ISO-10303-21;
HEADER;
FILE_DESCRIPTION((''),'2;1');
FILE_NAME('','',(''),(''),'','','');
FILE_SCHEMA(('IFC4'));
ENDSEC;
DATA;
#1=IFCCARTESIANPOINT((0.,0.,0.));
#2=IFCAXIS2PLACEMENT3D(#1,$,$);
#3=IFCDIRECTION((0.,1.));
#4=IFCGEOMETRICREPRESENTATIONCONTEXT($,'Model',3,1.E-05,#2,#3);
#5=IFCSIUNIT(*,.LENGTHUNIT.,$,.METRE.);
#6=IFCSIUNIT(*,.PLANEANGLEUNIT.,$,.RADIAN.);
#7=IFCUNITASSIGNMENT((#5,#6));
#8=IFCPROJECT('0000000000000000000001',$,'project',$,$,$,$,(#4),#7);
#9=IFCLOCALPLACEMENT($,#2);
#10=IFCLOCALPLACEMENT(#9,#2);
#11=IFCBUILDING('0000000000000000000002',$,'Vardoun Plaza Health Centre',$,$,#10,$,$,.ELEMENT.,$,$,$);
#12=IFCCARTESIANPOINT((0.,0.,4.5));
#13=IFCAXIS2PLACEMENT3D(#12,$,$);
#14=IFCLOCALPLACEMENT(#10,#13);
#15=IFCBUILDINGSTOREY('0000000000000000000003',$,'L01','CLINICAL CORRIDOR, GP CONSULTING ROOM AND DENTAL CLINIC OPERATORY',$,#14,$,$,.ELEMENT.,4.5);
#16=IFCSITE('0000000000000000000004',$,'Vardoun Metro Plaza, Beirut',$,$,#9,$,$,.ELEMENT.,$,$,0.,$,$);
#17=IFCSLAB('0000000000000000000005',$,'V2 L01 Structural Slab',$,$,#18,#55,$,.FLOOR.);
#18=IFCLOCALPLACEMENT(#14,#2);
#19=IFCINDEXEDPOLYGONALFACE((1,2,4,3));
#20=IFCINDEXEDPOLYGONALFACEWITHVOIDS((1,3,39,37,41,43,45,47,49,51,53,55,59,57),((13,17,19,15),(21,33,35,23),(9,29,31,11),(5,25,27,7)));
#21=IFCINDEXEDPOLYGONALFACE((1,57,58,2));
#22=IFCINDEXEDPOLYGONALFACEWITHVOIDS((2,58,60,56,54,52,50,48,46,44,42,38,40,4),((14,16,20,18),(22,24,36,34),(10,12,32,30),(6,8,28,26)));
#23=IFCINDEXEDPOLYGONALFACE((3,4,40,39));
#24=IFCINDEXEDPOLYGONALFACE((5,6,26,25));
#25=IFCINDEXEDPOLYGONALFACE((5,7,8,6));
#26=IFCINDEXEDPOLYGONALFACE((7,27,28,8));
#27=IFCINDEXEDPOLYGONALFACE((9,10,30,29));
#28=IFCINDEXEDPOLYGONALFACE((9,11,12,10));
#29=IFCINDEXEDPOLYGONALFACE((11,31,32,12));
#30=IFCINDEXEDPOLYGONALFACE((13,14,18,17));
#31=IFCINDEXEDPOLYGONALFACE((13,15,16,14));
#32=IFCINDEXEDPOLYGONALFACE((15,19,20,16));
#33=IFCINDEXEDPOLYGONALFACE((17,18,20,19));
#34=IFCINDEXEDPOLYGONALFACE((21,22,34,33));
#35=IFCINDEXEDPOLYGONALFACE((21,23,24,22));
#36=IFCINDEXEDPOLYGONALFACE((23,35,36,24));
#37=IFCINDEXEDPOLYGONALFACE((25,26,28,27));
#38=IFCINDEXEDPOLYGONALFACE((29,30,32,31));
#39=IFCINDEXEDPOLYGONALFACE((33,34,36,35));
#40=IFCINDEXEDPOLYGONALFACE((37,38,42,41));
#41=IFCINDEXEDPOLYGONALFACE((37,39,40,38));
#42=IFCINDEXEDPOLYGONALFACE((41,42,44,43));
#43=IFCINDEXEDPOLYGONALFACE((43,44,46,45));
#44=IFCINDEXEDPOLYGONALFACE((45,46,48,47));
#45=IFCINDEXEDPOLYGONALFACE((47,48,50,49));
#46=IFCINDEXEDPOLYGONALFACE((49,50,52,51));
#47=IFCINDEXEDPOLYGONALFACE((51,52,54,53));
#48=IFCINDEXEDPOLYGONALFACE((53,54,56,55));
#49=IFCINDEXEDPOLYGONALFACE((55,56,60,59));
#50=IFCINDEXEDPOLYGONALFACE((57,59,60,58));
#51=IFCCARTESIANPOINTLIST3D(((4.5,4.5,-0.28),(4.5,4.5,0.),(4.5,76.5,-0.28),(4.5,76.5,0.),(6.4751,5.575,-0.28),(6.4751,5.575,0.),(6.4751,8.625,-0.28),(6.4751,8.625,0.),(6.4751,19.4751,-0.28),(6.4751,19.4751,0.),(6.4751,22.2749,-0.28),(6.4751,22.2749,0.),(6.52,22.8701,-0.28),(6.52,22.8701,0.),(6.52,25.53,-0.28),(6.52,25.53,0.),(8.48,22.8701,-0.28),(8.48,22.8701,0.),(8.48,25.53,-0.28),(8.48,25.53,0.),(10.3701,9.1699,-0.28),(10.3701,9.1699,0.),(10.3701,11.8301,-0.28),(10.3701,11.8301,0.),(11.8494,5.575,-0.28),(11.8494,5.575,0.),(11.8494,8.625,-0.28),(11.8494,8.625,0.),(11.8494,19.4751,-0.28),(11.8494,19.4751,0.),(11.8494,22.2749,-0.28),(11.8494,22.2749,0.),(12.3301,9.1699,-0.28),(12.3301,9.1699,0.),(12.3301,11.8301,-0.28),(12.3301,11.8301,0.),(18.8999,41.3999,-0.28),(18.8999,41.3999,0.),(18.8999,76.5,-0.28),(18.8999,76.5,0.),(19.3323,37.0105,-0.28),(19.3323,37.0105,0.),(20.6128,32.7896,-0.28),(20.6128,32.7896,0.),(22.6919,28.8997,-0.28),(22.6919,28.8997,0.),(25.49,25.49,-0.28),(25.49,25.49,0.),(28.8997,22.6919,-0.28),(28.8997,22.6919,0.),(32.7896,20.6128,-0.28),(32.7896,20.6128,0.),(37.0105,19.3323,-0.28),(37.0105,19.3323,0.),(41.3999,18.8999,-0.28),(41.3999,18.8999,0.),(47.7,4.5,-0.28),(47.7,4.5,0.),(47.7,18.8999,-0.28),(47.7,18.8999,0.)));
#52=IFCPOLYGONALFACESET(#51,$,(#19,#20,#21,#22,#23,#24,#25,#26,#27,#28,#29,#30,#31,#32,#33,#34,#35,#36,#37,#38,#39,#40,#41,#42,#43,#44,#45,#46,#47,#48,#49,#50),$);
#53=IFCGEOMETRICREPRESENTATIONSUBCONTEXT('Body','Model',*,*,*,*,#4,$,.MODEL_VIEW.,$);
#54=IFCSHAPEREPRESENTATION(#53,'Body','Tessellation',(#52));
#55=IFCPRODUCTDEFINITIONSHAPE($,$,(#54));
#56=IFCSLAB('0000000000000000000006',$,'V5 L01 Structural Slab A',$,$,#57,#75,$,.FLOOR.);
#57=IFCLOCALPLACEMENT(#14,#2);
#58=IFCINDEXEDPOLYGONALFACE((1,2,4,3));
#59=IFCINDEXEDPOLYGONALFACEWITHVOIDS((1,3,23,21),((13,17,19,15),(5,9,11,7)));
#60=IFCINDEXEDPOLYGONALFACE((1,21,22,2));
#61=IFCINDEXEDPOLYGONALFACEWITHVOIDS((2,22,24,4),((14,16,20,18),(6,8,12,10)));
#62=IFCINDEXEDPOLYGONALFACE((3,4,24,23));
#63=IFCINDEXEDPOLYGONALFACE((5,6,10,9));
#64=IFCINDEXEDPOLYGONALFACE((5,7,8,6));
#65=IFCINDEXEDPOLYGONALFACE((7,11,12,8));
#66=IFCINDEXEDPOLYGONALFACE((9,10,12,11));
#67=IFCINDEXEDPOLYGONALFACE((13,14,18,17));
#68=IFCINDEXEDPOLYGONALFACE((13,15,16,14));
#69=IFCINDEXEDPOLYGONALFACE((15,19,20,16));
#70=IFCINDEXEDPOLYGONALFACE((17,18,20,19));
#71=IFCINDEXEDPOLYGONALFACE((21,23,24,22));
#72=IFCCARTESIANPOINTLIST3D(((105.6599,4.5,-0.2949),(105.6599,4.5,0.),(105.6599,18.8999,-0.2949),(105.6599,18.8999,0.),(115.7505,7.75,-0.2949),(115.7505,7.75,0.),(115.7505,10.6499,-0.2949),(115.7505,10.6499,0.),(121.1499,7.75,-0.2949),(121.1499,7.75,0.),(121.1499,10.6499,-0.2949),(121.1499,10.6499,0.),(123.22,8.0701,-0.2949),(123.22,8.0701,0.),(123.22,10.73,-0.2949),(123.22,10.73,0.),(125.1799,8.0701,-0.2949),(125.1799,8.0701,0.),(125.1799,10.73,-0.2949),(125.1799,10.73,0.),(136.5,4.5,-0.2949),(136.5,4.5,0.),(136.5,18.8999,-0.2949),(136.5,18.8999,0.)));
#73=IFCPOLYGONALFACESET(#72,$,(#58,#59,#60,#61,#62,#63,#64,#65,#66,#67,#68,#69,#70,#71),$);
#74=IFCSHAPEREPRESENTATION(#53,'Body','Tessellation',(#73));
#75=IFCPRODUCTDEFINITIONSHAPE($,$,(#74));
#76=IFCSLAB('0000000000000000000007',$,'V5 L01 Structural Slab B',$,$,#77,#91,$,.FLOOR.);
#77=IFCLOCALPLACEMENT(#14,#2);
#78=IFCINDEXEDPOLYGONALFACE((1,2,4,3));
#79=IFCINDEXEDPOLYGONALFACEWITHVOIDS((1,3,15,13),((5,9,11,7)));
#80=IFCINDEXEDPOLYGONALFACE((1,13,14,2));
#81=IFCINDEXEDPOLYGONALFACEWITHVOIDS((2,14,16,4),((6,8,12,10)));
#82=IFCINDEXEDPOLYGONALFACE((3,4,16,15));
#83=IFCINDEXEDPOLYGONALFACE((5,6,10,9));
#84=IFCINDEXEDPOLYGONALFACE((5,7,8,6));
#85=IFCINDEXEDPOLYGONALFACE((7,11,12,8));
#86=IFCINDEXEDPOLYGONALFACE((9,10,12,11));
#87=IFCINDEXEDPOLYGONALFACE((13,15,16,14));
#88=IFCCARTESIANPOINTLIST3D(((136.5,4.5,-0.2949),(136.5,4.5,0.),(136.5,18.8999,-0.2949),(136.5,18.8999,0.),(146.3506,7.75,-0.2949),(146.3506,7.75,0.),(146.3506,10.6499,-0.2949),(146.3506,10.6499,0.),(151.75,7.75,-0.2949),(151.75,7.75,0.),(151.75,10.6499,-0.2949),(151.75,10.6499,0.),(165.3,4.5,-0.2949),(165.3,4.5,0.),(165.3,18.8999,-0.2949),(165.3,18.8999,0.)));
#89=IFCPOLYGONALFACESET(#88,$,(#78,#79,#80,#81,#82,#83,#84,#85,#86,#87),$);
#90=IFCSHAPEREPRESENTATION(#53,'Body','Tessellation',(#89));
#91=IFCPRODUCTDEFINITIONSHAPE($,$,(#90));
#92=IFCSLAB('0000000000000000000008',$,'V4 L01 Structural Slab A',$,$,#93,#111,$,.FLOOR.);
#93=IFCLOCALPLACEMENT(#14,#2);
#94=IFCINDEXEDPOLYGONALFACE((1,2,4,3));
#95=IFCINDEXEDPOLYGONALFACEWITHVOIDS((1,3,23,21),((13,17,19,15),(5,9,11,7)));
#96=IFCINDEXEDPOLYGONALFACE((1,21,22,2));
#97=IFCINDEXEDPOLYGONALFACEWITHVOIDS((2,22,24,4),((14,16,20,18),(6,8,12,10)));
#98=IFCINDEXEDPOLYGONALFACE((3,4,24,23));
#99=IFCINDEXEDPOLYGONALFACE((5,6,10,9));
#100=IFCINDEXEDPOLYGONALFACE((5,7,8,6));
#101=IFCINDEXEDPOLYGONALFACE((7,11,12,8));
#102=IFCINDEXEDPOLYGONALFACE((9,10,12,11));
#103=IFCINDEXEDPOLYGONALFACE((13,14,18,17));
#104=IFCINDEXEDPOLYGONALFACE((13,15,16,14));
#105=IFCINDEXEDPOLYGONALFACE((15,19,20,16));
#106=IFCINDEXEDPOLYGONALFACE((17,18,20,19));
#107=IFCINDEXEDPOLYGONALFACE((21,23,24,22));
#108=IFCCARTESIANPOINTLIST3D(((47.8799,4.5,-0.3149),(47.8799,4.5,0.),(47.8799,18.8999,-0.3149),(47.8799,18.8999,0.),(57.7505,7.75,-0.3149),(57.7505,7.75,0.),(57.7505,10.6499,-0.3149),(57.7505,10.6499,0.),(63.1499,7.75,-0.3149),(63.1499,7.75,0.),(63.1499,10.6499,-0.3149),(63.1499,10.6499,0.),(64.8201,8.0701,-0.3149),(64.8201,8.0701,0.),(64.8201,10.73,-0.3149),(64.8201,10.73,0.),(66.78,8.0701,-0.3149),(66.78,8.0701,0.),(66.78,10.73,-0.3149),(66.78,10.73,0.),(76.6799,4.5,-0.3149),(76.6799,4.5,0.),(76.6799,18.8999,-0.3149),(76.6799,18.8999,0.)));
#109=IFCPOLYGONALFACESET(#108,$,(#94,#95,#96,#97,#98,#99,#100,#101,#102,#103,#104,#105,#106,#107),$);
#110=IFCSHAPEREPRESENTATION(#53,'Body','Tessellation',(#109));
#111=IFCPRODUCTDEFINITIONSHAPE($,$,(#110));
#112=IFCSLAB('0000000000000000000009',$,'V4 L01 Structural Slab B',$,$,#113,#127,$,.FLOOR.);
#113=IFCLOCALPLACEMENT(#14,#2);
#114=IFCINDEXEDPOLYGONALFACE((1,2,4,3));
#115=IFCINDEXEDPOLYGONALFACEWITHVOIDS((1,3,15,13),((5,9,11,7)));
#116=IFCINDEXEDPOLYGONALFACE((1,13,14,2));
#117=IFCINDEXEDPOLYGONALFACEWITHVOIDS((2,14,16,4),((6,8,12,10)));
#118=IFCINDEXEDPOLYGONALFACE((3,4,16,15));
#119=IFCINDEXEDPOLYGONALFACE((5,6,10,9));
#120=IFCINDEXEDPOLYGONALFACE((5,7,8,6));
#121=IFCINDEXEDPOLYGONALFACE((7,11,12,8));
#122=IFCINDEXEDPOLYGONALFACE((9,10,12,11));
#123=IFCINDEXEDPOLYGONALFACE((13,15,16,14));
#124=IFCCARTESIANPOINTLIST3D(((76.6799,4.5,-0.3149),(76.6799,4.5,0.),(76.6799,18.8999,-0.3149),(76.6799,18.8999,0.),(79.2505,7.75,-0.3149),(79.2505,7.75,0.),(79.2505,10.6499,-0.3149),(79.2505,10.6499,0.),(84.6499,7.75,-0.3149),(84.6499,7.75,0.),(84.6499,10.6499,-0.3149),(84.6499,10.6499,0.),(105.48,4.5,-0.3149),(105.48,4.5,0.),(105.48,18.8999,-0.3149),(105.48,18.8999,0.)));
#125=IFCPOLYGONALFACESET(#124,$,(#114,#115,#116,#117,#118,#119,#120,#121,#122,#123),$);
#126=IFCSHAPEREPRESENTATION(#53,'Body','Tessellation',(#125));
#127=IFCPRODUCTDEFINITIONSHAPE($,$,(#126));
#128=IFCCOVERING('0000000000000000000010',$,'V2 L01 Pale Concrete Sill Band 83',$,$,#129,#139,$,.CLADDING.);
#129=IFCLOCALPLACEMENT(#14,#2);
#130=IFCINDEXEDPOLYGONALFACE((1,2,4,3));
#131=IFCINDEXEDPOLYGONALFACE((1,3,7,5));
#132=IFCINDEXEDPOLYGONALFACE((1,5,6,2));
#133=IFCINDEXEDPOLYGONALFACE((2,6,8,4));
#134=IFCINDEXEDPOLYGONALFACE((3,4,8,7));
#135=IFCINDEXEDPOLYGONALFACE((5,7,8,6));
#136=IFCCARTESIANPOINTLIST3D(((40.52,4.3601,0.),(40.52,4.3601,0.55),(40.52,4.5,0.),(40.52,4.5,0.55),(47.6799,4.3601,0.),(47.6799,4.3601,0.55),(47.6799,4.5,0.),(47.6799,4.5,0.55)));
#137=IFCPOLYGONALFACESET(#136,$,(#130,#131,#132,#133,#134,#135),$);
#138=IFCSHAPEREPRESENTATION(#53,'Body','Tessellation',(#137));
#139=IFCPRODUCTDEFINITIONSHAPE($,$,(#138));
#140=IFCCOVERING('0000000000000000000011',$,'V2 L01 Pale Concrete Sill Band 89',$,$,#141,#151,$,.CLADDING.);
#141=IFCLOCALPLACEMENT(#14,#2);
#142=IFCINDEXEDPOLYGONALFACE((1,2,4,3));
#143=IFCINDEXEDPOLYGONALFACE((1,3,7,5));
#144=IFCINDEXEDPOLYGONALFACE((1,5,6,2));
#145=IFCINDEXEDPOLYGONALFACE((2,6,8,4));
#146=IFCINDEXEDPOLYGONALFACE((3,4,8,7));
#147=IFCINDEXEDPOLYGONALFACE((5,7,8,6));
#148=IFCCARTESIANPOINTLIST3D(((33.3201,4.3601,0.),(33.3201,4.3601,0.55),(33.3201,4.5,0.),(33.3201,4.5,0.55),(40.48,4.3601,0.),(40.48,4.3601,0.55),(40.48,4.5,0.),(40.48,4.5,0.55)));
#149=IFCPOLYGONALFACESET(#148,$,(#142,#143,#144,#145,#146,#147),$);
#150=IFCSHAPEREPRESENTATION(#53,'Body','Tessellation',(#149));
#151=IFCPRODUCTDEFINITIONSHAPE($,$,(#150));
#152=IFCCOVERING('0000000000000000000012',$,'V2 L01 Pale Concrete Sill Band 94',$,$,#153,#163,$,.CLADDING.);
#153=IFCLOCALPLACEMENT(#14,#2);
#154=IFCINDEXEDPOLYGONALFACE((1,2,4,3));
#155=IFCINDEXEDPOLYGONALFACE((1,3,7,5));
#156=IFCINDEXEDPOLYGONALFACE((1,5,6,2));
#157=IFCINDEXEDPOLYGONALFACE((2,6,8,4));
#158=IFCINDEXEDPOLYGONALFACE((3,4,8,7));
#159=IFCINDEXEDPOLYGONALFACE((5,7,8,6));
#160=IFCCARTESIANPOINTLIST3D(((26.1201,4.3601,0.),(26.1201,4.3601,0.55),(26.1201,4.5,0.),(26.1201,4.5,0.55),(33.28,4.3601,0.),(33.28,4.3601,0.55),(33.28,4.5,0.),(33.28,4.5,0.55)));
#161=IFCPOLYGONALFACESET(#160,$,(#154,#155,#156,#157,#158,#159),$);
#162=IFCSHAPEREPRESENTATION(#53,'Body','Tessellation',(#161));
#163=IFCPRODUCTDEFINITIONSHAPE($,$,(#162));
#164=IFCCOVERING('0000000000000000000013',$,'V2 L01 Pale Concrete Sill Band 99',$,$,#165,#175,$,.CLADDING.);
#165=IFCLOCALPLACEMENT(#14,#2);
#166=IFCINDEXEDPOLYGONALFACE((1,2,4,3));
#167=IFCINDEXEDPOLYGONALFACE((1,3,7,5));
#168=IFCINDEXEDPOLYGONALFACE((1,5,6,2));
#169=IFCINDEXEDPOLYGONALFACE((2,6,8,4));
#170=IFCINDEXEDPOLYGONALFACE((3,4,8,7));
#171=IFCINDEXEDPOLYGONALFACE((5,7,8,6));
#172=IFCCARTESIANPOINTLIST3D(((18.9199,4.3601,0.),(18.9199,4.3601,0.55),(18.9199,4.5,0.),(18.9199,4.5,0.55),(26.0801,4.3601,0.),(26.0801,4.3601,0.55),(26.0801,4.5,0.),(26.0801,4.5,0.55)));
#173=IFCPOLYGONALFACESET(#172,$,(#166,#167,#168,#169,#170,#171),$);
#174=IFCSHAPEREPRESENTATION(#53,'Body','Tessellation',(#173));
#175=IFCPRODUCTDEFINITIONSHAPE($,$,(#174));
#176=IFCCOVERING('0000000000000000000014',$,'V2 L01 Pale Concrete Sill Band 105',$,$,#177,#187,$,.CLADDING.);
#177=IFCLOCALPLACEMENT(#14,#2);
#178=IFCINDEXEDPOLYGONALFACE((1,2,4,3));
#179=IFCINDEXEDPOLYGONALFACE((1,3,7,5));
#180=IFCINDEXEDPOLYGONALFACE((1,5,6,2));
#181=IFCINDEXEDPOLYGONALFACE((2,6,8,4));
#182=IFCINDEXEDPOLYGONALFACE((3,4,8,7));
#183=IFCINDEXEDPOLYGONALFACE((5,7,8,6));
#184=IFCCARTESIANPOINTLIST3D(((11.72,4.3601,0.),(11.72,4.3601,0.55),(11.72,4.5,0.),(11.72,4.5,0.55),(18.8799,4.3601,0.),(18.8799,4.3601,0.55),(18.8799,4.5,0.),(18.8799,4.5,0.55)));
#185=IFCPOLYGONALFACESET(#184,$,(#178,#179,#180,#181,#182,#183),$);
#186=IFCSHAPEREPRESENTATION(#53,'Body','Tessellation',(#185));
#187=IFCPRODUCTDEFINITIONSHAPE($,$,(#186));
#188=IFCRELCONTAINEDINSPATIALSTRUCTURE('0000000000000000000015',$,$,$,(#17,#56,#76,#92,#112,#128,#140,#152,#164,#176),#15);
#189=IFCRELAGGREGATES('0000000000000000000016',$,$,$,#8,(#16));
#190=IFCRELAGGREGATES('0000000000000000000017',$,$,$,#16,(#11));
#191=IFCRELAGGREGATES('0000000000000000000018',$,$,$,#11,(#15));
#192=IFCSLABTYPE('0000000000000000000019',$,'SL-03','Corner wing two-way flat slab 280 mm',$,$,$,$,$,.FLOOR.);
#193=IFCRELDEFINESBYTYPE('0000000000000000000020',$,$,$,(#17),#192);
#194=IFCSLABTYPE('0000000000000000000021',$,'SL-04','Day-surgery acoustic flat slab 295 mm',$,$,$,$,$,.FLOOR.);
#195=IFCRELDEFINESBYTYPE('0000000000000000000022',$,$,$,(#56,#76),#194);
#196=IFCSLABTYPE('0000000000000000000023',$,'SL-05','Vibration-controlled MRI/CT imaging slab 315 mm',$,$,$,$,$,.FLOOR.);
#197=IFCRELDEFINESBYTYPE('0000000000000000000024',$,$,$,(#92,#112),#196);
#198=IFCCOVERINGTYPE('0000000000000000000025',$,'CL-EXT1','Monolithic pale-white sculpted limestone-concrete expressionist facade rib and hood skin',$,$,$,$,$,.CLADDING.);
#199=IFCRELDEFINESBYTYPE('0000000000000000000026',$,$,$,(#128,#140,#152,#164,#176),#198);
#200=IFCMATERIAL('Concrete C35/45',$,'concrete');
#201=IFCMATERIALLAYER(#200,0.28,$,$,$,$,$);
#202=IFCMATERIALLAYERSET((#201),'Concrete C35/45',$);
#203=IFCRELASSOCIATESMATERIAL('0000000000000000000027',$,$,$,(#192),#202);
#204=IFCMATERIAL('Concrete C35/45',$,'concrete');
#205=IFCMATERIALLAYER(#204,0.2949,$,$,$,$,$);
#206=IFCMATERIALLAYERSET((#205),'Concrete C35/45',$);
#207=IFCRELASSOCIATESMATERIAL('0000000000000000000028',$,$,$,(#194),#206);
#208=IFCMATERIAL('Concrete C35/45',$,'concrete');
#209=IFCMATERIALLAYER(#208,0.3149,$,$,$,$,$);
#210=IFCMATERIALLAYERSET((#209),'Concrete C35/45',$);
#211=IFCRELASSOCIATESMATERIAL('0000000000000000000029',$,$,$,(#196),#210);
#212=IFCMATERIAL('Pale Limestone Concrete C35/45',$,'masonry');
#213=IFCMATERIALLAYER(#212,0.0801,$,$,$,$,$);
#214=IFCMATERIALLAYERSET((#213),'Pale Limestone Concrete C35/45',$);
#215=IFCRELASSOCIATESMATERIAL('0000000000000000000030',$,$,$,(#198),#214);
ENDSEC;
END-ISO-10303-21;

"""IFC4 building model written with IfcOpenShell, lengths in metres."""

from ifc_helpers import new_model, si_unit, direction, frame, origin, place, context, subcontext, project, spatial, polyline, outline, extrude, material, layer, layer_set, type_object, element, save


model = new_model("IFC4")

# Units and contexts
model_context = context("Model", 3, precision=1e-05, world=origin(), true_north=direction((0.0, 1.0)))
body_context = subcontext(model_context, "Body", "Model", "MODEL_VIEW")
ifc_project = project(units=[si_unit("LENGTHUNIT", "METRE"), si_unit("PLANEANGLEUNIT", "RADIAN")], contexts=[model_context])

# Site, building, storey
site_placement = place(None, origin())
site = spatial("IfcSite", under=ifc_project, at=site_placement, Name="Vardoun Metro Plaza, Beirut", CompositionType="ELEMENT", RefElevation=0.0)
building_placement = place(site_placement, origin())
building = spatial("IfcBuilding", under=site, at=building_placement, Name="Vardoun Plaza Health Centre", CompositionType="ELEMENT")
storey_placement = place(building_placement, frame((0.0, 0.0, 4.5)))
storey = spatial("IfcBuildingStorey", under=building, at=storey_placement, Name="L01", Description="CLINICAL CORRIDOR, GP CONSULTING ROOM AND DENTAL CLINIC OPERATORY", CompositionType="ELEMENT", Elevation=4.5)

# Slabs
ifc_material_1 = material(Name="Concrete C35/45", Category="concrete")
ifc_layer_1 = layer(ifc_material_1, 0.28)
ifc_layer_set_1 = layer_set([ifc_layer_1], Name="Concrete C35/45")
slab_type_1 = type_object("IfcSlabType", Name="SL-03", Description="Corner wing two-way flat slab 280 mm", PredefinedType="FLOOR", material=ifc_layer_set_1)
slab_1_placement = place(storey_placement, frame((0.0, 0.0, -0.28)))
element("IfcSlab", 1, at=slab_1_placement, inside=storey, type_object=slab_type_1, Name="V2 L01 Structural Slab", PredefinedType="FLOOR", context=body_context, shape_type="SweptSolid", body=[
    extrude(outline(polyline([(4.5, 4.5), (47.7, 4.5), (47.7, 18.8999), (41.3999, 18.8999), (37.0105, 19.3323), (32.7896, 20.6128), (28.8997, 22.6919), (25.49, 25.49), (22.6919, 28.8997), (20.6128, 32.7896), (19.3323, 37.0105), (18.8999, 41.3999), (18.8999, 76.5), (4.5, 76.5), (4.5, 4.5)]), holes=[polyline([(6.4751, 5.575), (11.8494, 5.575), (11.8494, 8.625), (6.4751, 8.625), (6.4751, 5.575)]), polyline([(10.3701, 9.1699), (12.3301, 9.1699), (12.3301, 11.8301), (10.3701, 11.8301), (10.3701, 9.1699)]), polyline([(6.4751, 19.4751), (11.8494, 19.4751), (11.8494, 22.2749), (6.4751, 22.2749), (6.4751, 19.4751)]), polyline([(6.52, 22.8701), (8.48, 22.8701), (8.48, 25.53), (6.52, 25.53), (6.52, 22.8701)])]), origin(), (0.0, 0.0, 1.0), 0.28),
])
ifc_material_2 = material(Name="Concrete C35/45", Category="concrete")
ifc_layer_2 = layer(ifc_material_2, 0.2949)
ifc_layer_set_2 = layer_set([ifc_layer_2], Name="Concrete C35/45")
slab_type_2 = type_object("IfcSlabType", Name="SL-04", Description="Day-surgery acoustic flat slab 295 mm", PredefinedType="FLOOR", material=ifc_layer_set_2)
slab_2_placement = place(storey_placement, frame((0.0, 0.0, -0.2949)))
element("IfcSlab", 2, at=slab_2_placement, inside=storey, type_object=slab_type_2, Name="V5 L01 Structural Slab A", PredefinedType="FLOOR", context=body_context, shape_type="SweptSolid", body=[
    extrude(outline(polyline([(105.6599, 4.5), (136.5, 4.5), (136.5, 18.8999), (105.6599, 18.8999), (105.6599, 4.5)]), holes=[polyline([(115.7505, 7.75), (121.1499, 7.75), (121.1499, 10.6499), (115.7505, 10.6499), (115.7505, 7.75)]), polyline([(123.22, 8.0701), (125.1799, 8.0701), (125.1799, 10.73), (123.22, 10.73), (123.22, 8.0701)])]), origin(), (0.0, 0.0, 1.0), 0.2949),
])
slab_3_placement = place(storey_placement, frame((0.0, 0.0, -0.2949)))
element("IfcSlab", 3, at=slab_3_placement, inside=storey, type_object=slab_type_2, Name="V5 L01 Structural Slab B", PredefinedType="FLOOR", context=body_context, shape_type="SweptSolid", body=[
    extrude(outline(polyline([(136.5, 4.5), (165.3, 4.5), (165.3, 18.8999), (136.5, 18.8999), (136.5, 4.5)]), holes=[polyline([(146.3506, 7.75), (151.75, 7.75), (151.75, 10.6499), (146.3506, 10.6499), (146.3506, 7.75)])]), origin(), (0.0, 0.0, 1.0), 0.2949),
])
ifc_material_3 = material(Name="Concrete C35/45", Category="concrete")
ifc_layer_3 = layer(ifc_material_3, 0.3149)
ifc_layer_set_3 = layer_set([ifc_layer_3], Name="Concrete C35/45")
slab_type_3 = type_object("IfcSlabType", Name="SL-05", Description="Vibration-controlled MRI/CT imaging slab 315 mm", PredefinedType="FLOOR", material=ifc_layer_set_3)
slab_4_placement = place(storey_placement, frame((0.0, 0.0, -0.3149)))
element("IfcSlab", 4, at=slab_4_placement, inside=storey, type_object=slab_type_3, Name="V4 L01 Structural Slab A", PredefinedType="FLOOR", context=body_context, shape_type="SweptSolid", body=[
    extrude(outline(polyline([(47.8799, 4.5), (76.6799, 4.5), (76.6799, 18.8999), (47.8799, 18.8999), (47.8799, 4.5)]), holes=[polyline([(57.7505, 7.75), (63.1499, 7.75), (63.1499, 10.6499), (57.7505, 10.6499), (57.7505, 7.75)]), polyline([(64.8201, 8.0701), (66.78, 8.0701), (66.78, 10.73), (64.8201, 10.73), (64.8201, 8.0701)])]), origin(), (0.0, 0.0, 1.0), 0.3149),
])
slab_5_placement = place(storey_placement, frame((0.0, 0.0, -0.3149)))
element("IfcSlab", 5, at=slab_5_placement, inside=storey, type_object=slab_type_3, Name="V4 L01 Structural Slab B", PredefinedType="FLOOR", context=body_context, shape_type="SweptSolid", body=[
    extrude(outline(polyline([(76.6799, 4.5), (105.48, 4.5), (105.48, 18.8999), (76.6799, 18.8999), (76.6799, 4.5)]), holes=[polyline([(79.2505, 7.75), (84.6499, 7.75), (84.6499, 10.6499), (79.2505, 10.6499), (79.2505, 7.75)])]), origin(), (0.0, 0.0, 1.0), 0.3149),
])

# Coverings
ifc_material_4 = material(Name="Pale Limestone Concrete C35/45", Category="masonry")
ifc_layer_4 = layer(ifc_material_4, 0.0801)
ifc_layer_set_4 = layer_set([ifc_layer_4], Name="Pale Limestone Concrete C35/45")
covering_type = type_object("IfcCoveringType", Name="CL-EXT1", Description="Monolithic pale-white sculpted limestone-concrete expressionist facade rib and hood skin", PredefinedType="CLADDING", material=ifc_layer_set_4)
covering_1_placement = place(storey_placement, origin())
element("IfcCovering", 6, at=covering_1_placement, inside=storey, type_object=covering_type, Name="V2 L01 Pale Concrete Sill Band 83", PredefinedType="CLADDING", context=body_context, shape_type="SweptSolid", body=[
    extrude(outline(polyline([(47.6799, 4.5), (40.52, 4.5), (40.52, 4.3601), (47.6799, 4.3601), (47.6799, 4.5)])), origin(), (0.0, 0.0, 1.0), 0.55),
])
covering_2_placement = place(storey_placement, origin())
element("IfcCovering", 7, at=covering_2_placement, inside=storey, type_object=covering_type, Name="V2 L01 Pale Concrete Sill Band 89", PredefinedType="CLADDING", context=body_context, shape_type="SweptSolid", body=[
    extrude(outline(polyline([(40.48, 4.5), (33.3201, 4.5), (33.3201, 4.3601), (40.48, 4.3601), (40.48, 4.5)])), origin(), (0.0, 0.0, 1.0), 0.55),
])
covering_3_placement = place(storey_placement, origin())
element("IfcCovering", 8, at=covering_3_placement, inside=storey, type_object=covering_type, Name="V2 L01 Pale Concrete Sill Band 94", PredefinedType="CLADDING", context=body_context, shape_type="SweptSolid", body=[
    extrude(outline(polyline([(33.28, 4.5), (26.1201, 4.5), (26.1201, 4.3601), (33.28, 4.3601), (33.28, 4.5)])), origin(), (0.0, 0.0, 1.0), 0.55),
])
covering_4_placement = place(storey_placement, origin())
element("IfcCovering", 9, at=covering_4_placement, inside=storey, type_object=covering_type, Name="V2 L01 Pale Concrete Sill Band 99", PredefinedType="CLADDING", context=body_context, shape_type="SweptSolid", body=[
    extrude(outline(polyline([(26.0801, 4.5), (18.9199, 4.5), (18.9199, 4.3601), (26.0801, 4.3601), (26.0801, 4.5)])), origin(), (0.0, 0.0, 1.0), 0.55),
])
covering_5_placement = place(storey_placement, origin())
element("IfcCovering", 10, at=covering_5_placement, inside=storey, type_object=covering_type, Name="V2 L01 Pale Concrete Sill Band 105", PredefinedType="CLADDING", context=body_context, shape_type="SweptSolid", body=[
    extrude(outline(polyline([(18.8799, 4.5), (11.72, 4.5), (11.72, 4.3601), (18.8799, 4.3601), (18.8799, 4.5)])), origin(), (0.0, 0.0, 1.0), 0.55),
])

save(model, "model.ifc")
